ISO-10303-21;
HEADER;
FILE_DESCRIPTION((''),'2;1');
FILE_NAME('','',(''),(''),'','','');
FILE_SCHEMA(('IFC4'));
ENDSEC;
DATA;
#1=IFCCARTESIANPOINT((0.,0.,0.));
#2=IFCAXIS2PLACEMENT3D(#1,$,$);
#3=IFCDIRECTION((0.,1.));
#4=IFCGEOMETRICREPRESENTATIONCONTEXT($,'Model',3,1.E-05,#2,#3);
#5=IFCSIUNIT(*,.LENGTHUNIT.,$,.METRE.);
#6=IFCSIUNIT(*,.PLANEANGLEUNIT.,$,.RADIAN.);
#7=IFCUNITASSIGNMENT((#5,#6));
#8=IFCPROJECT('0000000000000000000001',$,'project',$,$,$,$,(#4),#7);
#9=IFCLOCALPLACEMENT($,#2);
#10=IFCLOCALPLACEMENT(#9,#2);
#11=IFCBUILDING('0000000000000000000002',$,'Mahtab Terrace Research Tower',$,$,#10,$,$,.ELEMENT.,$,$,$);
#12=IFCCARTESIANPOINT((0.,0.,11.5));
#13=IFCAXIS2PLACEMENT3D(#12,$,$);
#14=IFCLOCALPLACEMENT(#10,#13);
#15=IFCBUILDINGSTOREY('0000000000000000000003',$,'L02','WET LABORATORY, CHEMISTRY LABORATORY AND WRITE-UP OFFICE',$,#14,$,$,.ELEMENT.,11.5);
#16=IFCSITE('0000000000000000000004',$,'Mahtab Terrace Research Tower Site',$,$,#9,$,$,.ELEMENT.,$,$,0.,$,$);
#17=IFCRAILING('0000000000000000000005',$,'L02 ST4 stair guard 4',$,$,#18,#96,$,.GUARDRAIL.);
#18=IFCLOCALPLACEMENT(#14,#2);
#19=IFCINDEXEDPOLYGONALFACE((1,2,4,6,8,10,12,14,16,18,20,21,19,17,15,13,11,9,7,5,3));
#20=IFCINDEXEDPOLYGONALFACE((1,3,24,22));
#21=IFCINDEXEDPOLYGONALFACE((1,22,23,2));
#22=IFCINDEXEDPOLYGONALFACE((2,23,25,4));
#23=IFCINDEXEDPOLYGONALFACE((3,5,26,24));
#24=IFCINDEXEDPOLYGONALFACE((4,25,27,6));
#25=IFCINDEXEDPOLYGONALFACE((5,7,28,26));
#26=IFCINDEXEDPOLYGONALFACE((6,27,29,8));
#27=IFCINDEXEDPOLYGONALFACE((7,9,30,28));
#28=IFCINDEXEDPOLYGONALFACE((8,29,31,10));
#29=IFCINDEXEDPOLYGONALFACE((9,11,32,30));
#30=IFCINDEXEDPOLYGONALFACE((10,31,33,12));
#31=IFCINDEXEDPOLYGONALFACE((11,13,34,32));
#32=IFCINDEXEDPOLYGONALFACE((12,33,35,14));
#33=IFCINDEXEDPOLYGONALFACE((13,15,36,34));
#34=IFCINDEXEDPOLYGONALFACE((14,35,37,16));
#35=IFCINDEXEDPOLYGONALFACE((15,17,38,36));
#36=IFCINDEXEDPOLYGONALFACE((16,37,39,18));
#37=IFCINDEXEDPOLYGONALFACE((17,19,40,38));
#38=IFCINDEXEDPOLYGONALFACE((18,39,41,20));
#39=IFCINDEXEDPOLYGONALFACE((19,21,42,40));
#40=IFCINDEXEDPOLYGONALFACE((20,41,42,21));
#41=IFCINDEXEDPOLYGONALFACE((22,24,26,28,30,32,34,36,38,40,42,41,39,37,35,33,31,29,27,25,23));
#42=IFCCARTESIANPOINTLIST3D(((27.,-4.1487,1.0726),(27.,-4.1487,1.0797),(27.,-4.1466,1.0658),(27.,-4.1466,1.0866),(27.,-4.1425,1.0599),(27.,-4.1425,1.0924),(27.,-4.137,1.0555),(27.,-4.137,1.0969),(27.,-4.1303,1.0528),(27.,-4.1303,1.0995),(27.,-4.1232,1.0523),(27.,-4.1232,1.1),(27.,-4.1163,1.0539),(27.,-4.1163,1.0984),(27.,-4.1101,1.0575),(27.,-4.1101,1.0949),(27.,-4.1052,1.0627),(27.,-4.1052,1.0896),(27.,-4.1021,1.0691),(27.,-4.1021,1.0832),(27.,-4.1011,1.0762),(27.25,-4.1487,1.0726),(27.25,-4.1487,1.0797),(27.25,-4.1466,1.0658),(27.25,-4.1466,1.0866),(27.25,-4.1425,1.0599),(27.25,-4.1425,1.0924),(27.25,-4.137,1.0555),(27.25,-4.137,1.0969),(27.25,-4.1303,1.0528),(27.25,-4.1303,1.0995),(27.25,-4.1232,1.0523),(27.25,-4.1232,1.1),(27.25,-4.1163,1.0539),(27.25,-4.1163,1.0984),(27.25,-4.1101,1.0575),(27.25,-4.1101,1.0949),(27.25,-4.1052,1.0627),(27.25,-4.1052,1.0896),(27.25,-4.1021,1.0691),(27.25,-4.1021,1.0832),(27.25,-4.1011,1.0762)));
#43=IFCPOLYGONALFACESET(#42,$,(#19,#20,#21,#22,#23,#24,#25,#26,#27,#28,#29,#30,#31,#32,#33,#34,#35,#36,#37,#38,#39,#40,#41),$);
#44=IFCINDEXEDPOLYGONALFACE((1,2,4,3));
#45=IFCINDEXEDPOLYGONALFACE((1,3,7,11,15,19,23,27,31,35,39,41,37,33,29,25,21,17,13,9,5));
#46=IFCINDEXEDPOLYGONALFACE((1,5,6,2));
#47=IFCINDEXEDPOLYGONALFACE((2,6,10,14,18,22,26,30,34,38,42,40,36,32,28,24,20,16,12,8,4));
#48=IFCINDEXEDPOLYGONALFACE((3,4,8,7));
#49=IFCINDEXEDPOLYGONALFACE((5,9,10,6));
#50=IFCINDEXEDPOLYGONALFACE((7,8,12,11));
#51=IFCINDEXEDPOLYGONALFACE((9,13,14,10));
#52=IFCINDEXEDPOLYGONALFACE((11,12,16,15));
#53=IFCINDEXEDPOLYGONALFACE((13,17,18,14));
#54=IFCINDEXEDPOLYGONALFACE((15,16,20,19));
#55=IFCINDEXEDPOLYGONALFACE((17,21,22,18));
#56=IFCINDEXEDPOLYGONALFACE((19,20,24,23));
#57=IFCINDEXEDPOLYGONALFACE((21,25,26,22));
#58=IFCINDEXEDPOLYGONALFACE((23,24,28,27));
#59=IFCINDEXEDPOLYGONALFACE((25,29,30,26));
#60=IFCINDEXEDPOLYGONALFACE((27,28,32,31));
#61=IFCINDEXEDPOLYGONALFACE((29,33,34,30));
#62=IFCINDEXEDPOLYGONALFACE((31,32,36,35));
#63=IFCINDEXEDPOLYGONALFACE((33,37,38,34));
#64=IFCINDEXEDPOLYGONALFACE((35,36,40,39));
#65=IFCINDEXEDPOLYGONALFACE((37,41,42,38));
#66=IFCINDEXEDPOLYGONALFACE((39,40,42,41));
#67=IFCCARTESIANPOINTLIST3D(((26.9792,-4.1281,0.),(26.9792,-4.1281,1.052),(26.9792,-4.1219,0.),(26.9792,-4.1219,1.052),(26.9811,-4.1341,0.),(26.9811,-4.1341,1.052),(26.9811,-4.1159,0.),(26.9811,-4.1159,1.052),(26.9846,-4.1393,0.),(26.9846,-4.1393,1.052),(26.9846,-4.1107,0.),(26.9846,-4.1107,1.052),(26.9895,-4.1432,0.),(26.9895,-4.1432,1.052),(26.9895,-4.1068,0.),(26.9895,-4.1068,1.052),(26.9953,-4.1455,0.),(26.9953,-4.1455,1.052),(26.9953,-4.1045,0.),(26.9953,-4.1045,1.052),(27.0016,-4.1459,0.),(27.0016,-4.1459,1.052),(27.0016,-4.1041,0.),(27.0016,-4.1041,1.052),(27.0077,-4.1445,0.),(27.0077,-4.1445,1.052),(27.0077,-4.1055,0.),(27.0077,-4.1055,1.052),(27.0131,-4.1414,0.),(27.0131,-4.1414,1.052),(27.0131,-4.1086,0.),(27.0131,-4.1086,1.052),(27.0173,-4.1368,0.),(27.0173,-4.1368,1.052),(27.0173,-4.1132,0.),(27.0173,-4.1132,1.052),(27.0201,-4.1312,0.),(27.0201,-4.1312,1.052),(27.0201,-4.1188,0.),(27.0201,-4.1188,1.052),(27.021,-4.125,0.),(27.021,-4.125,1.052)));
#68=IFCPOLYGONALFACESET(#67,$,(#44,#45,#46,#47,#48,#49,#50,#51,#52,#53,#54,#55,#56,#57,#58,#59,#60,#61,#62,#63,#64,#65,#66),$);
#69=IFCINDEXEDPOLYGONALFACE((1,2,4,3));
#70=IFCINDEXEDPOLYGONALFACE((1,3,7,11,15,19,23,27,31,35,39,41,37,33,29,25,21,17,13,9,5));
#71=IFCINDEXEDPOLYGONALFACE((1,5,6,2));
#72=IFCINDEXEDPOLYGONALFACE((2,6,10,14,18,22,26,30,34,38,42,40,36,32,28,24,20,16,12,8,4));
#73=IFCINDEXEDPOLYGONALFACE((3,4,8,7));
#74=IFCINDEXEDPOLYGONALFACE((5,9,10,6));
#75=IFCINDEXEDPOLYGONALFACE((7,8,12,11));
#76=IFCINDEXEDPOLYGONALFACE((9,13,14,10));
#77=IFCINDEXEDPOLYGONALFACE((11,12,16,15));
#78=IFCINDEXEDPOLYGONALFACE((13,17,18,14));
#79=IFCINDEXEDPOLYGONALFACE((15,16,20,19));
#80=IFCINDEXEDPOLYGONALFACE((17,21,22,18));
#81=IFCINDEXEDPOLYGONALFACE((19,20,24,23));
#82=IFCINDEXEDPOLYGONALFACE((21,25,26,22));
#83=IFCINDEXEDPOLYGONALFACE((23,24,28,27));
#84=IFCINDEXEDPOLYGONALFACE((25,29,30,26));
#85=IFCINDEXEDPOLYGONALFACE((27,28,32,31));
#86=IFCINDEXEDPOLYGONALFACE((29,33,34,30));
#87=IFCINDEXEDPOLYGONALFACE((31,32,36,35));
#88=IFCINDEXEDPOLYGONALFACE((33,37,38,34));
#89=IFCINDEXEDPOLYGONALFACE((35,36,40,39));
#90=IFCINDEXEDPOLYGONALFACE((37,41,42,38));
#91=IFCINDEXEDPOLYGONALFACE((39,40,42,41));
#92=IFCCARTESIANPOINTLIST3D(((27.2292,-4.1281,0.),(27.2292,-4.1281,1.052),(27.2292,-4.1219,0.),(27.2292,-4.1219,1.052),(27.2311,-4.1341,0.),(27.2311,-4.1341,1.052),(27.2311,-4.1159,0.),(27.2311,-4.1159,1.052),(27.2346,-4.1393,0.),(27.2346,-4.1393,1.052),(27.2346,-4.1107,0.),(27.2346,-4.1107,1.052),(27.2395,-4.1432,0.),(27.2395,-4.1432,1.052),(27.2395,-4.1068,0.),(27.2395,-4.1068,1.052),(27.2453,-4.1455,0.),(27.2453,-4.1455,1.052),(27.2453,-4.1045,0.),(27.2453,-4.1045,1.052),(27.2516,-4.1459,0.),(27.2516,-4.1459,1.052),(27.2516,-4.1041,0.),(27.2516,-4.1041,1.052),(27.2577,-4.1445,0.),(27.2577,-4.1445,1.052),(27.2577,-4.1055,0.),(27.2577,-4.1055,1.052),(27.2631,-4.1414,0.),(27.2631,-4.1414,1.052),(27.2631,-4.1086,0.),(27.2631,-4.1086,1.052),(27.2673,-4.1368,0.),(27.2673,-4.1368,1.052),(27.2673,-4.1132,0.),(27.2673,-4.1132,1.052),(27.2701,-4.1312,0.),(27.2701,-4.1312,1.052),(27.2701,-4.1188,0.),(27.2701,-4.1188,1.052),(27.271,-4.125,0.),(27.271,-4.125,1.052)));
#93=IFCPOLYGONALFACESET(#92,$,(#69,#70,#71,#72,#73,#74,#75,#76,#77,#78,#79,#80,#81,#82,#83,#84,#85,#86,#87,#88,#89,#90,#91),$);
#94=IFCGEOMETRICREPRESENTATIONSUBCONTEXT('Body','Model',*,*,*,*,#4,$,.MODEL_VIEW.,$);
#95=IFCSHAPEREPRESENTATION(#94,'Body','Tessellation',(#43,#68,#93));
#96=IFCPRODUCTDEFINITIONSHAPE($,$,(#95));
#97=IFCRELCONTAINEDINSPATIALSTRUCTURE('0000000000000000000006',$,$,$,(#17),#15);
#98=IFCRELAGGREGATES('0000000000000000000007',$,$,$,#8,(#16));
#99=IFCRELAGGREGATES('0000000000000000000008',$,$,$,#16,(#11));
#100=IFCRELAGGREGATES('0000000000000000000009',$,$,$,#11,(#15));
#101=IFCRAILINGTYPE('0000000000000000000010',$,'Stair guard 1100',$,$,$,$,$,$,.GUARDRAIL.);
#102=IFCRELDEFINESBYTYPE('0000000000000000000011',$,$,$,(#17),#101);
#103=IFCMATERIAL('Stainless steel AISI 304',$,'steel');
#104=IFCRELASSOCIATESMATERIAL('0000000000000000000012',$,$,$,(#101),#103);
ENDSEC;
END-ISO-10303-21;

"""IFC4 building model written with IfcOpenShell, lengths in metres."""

from ifc_helpers import new_model, si_unit, direction, frame, origin, origin_2d, place, context, subcontext, project, spatial, circle, extrude, material, type_object, element, save


model = new_model("IFC4")

# Units and contexts
model_context = context("Model", 3, precision=1e-05, world=origin(), true_north=direction((0.0, 1.0)))
body_context = subcontext(model_context, "Body", "Model", "MODEL_VIEW")
ifc_project = project(units=[si_unit("LENGTHUNIT", "METRE"), si_unit("PLANEANGLEUNIT", "RADIAN")], contexts=[model_context])

# Site, building, storey
site_placement = place(None, origin())
site = spatial("IfcSite", under=ifc_project, at=site_placement, Name="Mahtab Terrace Research Tower Site", CompositionType="ELEMENT", RefElevation=0.0)
building_placement = place(site_placement, origin())
building = spatial("IfcBuilding", under=site, at=building_placement, Name="Mahtab Terrace Research Tower", CompositionType="ELEMENT")
storey_placement = place(building_placement, frame((0.0, 0.0, 11.5)))
storey = spatial("IfcBuildingStorey", under=building, at=storey_placement, Name="L02", Description="WET LABORATORY, CHEMISTRY LABORATORY AND WRITE-UP OFFICE", CompositionType="ELEMENT", Elevation=11.5)

# Railing
ifc_material_1 = material(Name="Stainless steel AISI 304", Category="steel")
railing_type_1 = type_object("IfcRailingType", Name="Stair guard 1100", PredefinedType="GUARDRAIL", material=ifc_material_1)
railing_1_placement = place(storey_placement, frame((27.0, -4.125, 0.0)))
element("IfcRailing", 1, at=railing_1_placement, inside=storey, type_object=railing_type_1, Name="L02 ST4 stair guard 4", PredefinedType="GUARDRAIL", context=body_context, shape_type="SweptSolid", body=[
    extrude(circle(Radius=0.0239, at=origin_2d()), frame((0.0, 0.0, 1.0762), z_axis=(1.0, 0.0, 0.0), x_axis=(0.0, 1.0, 0.0)), (0.0, 0.0, 1.0), 0.25),
    extrude(circle(Radius=0.021, at=origin_2d()), origin(), (0.0, 0.0, 1.0), 1.052),
    extrude(circle(Radius=0.021, at=origin_2d()), frame((0.25, 0.0, 0.0)), (0.0, 0.0, 1.0), 1.052),
])

save(model, "model.ifc")
